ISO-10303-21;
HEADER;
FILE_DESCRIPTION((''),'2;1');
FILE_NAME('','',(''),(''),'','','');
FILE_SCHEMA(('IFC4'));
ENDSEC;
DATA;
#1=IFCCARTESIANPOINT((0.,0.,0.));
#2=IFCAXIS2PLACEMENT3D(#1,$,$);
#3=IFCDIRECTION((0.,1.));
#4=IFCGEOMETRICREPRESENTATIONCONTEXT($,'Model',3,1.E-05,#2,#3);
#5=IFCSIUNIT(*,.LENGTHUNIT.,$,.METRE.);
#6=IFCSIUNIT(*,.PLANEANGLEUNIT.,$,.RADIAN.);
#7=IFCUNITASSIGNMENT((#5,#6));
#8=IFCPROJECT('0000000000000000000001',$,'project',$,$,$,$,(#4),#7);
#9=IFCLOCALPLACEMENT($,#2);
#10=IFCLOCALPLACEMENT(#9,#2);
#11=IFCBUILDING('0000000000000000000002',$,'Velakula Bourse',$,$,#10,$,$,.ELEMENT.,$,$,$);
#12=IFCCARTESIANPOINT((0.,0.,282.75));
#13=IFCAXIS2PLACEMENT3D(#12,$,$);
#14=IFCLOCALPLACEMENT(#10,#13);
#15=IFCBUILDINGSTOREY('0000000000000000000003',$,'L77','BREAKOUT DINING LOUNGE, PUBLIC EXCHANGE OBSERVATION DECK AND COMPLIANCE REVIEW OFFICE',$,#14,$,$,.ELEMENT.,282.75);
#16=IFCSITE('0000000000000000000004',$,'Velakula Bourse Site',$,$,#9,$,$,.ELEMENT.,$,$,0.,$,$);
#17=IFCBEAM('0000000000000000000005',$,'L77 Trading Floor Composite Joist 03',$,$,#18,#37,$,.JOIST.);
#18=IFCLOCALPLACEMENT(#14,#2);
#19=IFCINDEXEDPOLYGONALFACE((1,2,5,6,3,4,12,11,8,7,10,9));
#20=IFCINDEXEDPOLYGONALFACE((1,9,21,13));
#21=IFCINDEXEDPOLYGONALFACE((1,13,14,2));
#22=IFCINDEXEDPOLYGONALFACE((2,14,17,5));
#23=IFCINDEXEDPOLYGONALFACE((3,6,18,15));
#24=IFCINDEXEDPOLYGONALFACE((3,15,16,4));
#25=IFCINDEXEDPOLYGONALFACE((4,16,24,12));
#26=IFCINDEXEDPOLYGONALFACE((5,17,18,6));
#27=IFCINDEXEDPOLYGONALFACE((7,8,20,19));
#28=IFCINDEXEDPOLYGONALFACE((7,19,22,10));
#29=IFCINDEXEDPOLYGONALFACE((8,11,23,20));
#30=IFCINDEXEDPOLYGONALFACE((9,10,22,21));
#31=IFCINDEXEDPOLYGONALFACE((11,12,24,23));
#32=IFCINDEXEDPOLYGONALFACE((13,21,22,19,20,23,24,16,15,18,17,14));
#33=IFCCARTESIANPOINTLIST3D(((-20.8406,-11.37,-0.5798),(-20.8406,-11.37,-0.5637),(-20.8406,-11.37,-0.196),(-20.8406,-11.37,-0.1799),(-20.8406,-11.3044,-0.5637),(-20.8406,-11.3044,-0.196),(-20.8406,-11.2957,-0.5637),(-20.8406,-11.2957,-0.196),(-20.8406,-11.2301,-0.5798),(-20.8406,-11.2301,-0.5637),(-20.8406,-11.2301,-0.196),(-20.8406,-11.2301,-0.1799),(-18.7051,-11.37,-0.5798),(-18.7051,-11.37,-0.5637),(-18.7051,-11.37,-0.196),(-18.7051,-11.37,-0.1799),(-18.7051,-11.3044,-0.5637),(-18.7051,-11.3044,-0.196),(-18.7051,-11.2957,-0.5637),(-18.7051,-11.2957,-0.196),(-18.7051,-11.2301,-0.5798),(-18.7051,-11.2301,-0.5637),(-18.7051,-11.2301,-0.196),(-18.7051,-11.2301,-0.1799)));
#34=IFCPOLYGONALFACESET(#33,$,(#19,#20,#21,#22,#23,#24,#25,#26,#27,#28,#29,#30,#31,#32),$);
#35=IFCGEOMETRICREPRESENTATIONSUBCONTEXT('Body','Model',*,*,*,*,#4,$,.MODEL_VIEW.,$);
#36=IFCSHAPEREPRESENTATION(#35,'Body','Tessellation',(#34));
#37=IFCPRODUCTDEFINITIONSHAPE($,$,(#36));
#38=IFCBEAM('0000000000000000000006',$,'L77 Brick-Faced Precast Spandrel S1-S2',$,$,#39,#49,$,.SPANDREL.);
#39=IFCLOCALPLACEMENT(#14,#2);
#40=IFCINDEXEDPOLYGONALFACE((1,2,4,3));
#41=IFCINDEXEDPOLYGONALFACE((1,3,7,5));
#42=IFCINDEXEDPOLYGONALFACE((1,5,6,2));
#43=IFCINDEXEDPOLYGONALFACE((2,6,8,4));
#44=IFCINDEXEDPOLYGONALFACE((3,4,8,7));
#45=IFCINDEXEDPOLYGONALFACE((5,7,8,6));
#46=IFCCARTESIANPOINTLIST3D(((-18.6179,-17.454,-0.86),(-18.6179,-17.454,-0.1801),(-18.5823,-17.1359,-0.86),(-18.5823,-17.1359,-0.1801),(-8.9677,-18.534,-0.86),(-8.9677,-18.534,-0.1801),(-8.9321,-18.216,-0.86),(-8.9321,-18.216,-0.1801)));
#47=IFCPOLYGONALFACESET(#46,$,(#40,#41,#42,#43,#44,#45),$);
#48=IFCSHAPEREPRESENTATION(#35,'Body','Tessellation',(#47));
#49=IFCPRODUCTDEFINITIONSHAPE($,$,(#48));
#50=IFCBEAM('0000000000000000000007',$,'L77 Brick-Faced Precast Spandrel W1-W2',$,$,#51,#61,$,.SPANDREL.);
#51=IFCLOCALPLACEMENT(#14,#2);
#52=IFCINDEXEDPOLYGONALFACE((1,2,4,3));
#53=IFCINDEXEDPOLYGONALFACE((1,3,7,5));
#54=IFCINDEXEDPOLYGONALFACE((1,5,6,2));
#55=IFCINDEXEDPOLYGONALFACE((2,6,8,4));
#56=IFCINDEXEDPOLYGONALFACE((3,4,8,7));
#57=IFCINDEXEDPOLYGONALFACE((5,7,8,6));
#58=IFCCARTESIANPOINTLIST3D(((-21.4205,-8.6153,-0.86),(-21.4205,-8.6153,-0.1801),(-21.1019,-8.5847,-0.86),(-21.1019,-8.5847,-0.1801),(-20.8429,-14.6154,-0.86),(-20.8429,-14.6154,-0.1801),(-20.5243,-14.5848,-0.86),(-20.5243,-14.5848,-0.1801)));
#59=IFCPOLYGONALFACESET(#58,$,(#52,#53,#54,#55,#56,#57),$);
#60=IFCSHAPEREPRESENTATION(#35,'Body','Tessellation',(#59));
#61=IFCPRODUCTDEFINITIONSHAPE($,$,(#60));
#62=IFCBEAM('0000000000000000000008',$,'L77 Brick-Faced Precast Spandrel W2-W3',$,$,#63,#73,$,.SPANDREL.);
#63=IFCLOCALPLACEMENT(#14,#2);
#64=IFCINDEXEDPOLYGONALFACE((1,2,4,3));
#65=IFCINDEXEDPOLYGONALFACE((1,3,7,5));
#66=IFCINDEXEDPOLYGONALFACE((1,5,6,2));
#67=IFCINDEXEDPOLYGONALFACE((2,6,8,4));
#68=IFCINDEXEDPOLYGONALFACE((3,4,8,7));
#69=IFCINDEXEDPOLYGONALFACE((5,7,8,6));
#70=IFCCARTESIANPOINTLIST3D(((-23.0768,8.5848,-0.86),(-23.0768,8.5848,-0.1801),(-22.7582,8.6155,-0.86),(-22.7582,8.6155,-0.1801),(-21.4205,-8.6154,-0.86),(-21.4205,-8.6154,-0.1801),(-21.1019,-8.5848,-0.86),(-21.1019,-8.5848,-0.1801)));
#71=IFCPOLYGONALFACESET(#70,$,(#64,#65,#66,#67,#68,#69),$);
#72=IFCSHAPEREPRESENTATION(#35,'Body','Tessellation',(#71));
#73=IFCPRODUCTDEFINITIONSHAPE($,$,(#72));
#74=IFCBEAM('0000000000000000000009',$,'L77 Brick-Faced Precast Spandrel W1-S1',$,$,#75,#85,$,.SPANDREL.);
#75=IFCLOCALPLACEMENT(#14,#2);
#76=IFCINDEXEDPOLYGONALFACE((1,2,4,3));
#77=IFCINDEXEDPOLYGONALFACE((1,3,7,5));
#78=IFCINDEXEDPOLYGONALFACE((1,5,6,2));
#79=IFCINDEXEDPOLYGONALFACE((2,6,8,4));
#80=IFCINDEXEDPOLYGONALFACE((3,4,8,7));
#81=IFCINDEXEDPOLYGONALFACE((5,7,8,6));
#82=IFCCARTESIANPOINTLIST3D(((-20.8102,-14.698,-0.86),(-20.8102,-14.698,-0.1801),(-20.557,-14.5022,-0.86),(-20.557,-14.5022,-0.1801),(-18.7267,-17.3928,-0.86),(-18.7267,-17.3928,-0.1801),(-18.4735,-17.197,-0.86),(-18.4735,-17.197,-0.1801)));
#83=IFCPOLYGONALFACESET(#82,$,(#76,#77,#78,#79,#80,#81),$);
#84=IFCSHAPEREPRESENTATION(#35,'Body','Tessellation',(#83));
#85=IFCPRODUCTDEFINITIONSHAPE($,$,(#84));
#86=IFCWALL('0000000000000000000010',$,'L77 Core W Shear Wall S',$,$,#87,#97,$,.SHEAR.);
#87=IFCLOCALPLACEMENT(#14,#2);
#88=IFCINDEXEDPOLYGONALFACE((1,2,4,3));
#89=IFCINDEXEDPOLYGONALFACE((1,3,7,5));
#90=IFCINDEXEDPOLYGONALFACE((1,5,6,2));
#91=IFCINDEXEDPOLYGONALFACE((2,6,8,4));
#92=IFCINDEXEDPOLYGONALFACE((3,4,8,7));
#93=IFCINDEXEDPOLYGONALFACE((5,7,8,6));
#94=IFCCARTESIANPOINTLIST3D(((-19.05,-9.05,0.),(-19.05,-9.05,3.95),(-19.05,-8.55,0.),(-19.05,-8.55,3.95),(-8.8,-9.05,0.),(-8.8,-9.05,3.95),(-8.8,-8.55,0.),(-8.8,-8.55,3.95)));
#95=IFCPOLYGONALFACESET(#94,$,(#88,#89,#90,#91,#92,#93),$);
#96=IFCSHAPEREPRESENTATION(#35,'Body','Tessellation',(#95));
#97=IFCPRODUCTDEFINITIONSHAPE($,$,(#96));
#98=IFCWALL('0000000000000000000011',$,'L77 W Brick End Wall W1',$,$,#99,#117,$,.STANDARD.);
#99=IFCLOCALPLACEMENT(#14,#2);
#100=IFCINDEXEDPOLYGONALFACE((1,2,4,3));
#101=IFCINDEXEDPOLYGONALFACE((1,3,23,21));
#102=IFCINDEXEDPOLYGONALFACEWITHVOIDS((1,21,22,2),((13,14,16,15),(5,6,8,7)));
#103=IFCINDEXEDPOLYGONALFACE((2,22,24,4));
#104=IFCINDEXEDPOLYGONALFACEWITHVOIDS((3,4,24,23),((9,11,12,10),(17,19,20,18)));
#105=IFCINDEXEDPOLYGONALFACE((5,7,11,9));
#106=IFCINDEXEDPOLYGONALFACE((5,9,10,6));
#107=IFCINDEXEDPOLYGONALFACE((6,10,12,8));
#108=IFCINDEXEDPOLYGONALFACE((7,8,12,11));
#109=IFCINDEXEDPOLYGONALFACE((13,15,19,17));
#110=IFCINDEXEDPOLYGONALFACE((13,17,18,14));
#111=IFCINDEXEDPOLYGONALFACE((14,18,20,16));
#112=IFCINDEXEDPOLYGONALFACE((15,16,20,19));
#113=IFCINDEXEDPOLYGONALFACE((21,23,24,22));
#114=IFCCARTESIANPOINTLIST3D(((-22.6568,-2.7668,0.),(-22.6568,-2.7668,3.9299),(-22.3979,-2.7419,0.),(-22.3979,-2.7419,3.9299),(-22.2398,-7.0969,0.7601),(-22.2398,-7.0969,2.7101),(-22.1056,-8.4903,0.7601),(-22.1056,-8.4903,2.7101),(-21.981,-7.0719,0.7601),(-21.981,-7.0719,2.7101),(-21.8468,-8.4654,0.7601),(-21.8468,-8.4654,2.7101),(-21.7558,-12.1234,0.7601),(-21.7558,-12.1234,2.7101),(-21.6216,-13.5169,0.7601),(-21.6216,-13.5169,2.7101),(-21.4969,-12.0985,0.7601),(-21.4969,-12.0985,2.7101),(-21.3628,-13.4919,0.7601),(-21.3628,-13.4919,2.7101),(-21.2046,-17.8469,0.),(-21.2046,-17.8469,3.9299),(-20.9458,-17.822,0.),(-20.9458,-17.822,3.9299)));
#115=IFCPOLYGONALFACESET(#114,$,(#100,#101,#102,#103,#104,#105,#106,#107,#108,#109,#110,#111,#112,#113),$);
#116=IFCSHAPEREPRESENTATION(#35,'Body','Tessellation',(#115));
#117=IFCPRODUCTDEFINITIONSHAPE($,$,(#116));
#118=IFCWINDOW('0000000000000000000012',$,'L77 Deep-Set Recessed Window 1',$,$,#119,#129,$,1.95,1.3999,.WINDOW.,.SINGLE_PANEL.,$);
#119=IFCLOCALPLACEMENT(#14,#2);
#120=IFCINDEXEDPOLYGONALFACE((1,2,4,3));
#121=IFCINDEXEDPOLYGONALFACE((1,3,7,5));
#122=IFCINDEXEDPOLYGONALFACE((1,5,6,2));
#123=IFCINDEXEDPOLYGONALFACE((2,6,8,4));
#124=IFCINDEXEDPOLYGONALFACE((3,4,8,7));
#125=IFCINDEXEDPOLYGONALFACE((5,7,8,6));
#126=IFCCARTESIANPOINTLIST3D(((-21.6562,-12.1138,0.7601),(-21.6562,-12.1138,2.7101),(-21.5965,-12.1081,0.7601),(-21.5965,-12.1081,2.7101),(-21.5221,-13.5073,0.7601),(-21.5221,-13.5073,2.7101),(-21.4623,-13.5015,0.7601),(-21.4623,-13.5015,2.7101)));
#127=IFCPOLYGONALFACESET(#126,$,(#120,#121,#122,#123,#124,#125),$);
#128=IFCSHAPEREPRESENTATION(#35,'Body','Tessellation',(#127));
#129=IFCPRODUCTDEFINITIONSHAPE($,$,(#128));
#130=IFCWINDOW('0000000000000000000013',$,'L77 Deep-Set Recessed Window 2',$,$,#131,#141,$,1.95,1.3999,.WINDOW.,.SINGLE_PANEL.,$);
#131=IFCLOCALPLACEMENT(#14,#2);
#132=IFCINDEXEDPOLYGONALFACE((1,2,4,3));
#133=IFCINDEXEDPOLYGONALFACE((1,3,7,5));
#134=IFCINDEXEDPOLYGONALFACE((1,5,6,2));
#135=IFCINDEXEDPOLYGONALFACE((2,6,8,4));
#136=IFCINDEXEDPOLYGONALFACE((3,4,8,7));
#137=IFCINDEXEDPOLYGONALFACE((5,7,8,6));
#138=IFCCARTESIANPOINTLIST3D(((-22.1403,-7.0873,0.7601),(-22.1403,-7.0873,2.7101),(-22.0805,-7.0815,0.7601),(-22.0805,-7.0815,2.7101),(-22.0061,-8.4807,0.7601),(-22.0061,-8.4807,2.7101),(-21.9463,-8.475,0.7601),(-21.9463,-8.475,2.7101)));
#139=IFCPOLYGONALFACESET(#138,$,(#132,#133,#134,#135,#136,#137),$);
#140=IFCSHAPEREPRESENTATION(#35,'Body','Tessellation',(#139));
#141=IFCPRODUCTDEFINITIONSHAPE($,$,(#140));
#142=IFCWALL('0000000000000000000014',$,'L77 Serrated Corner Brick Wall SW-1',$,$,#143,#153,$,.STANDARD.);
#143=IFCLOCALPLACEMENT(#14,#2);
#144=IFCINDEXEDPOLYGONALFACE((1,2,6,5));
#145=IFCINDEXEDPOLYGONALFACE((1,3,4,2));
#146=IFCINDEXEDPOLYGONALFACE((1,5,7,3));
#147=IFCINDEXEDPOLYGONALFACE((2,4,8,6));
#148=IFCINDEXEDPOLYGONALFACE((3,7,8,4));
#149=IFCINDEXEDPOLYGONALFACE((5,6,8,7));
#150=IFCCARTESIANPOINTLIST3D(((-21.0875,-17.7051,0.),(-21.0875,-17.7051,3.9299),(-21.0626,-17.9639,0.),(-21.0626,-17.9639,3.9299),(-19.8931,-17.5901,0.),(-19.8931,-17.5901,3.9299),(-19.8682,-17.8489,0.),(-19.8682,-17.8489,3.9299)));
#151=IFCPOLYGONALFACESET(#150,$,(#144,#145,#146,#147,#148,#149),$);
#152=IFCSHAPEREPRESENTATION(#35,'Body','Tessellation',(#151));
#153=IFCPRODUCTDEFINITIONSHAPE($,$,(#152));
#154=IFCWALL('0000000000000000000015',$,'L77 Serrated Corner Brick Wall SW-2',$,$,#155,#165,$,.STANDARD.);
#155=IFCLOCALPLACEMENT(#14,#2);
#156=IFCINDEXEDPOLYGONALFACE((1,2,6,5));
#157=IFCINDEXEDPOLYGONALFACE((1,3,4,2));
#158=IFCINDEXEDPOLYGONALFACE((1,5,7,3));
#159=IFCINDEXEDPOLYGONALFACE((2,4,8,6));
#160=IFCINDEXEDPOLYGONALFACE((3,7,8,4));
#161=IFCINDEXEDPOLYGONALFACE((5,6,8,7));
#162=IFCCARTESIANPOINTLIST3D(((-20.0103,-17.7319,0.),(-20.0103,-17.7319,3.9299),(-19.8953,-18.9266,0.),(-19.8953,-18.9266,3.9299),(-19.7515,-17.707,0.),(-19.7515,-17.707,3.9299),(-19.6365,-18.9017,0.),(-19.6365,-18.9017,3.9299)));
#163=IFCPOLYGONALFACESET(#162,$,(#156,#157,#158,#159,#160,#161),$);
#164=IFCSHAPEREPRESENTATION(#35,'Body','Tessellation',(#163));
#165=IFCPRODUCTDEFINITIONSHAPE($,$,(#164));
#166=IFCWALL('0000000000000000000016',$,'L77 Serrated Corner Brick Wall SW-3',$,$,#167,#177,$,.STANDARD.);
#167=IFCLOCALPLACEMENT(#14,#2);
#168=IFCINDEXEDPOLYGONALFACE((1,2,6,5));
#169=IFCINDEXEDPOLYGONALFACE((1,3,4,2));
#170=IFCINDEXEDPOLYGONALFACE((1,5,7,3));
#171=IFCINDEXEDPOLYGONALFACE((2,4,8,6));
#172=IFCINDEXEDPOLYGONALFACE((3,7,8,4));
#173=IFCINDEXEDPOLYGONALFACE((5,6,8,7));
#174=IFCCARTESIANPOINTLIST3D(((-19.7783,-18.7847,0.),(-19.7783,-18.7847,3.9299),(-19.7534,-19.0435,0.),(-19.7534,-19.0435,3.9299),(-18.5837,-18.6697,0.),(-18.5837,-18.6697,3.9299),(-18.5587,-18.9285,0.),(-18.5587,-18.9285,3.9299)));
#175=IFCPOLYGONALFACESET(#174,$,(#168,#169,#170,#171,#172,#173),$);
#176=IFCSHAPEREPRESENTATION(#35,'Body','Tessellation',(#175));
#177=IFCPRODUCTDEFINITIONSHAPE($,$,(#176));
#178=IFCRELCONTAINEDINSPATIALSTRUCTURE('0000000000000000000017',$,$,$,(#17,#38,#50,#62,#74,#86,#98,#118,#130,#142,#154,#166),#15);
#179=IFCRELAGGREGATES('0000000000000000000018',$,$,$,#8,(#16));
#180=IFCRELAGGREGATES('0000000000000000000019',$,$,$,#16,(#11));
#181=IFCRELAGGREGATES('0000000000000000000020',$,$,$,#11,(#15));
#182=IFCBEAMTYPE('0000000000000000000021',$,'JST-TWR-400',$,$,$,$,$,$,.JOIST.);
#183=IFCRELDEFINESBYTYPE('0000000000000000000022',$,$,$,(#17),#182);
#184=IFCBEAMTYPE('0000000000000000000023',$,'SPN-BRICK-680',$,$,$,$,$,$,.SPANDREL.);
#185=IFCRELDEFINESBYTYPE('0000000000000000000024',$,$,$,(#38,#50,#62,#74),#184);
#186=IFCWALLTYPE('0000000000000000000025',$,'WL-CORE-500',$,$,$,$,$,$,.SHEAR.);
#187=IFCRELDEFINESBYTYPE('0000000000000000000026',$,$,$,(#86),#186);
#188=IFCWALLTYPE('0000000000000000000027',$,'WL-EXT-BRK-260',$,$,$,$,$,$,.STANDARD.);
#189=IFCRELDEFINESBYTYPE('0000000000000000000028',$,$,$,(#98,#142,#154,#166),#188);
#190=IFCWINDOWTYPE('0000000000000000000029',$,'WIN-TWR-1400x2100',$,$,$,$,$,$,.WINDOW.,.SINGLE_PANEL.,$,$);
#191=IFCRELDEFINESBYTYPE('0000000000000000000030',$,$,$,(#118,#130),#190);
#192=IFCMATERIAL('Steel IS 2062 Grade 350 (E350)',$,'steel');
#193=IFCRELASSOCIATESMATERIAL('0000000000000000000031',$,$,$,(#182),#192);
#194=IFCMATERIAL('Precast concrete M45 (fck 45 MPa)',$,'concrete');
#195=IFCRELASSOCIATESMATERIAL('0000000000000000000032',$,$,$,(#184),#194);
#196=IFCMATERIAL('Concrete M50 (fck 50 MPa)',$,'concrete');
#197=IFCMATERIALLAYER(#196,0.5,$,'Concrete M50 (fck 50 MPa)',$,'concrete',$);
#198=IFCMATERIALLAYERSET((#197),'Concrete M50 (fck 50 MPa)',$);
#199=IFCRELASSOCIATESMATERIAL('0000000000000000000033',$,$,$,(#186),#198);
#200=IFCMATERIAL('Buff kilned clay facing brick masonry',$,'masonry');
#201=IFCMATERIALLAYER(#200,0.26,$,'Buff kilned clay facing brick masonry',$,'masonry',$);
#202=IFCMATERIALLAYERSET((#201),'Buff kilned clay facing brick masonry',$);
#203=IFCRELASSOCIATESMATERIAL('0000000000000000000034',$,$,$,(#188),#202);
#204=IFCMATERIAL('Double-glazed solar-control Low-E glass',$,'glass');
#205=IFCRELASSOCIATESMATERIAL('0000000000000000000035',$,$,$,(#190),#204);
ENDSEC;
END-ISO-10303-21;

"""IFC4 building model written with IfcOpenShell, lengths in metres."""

from ifc_helpers import new_model, si_unit, direction, frame, frame_2d, origin, origin_2d, place, context, subcontext, project, spatial, rectangle, i_section, extrude, material, layer, layer_set, material_profile, profile_set, type_object, element, fill, save


model = new_model("IFC4")

# Units and contexts
model_context = context("Model", 3, precision=1e-05, world=origin(), true_north=direction((0.0, 1.0)))
body_context = subcontext(model_context, "Body", "Model", "MODEL_VIEW")
ifc_project = project(units=[si_unit("LENGTHUNIT", "METRE"), si_unit("PLANEANGLEUNIT", "RADIAN")], contexts=[model_context])

# Site, building, storey
site_placement = place(None, origin())
site = spatial("IfcSite", under=ifc_project, at=site_placement, Name="Velakula Bourse Site", CompositionType="ELEMENT", RefElevation=0.0)
building_placement = place(site_placement, origin())
building = spatial("IfcBuilding", under=site, at=building_placement, Name="Velakula Bourse", CompositionType="ELEMENT")
storey_placement = place(building_placement, frame((0.0, 0.0, 282.75)))
storey = spatial("IfcBuildingStorey", under=building, at=storey_placement, Name="L77", Description="BREAKOUT DINING LOUNGE, PUBLIC EXCHANGE OBSERVATION DECK AND COMPLIANCE REVIEW OFFICE", CompositionType="ELEMENT", Elevation=282.75)

# Shared definitions
ifc_material_1 = material(Name="Steel IS 2062 Grade 350 (E350)", Category="steel")
ifc_material_2 = material(Name="Precast concrete M45 (fck 45 MPa)", Category="concrete")

# Beams
ifc_material_profile_1 = material_profile(ifc_material_1, i_section(OverallWidth=0.1399, OverallDepth=0.3999, WebThickness=0.0088, FlangeThickness=0.0161, at=origin_2d()), Name="Steel IS 2062 Grade 350 (E350)")
ifc_profile_set_1 = profile_set([ifc_material_profile_1], Name="Steel IS 2062 Grade 350 (E350)")
beam_type_1 = type_object("IfcBeamType", Name="JST-TWR-400", PredefinedType="JOIST", material=ifc_profile_set_1)
beam_1_placement = place(storey_placement, frame((-20.8406, -11.3, -0.3799), z_axis=(1.0, 0.0, 0.0), x_axis=(0.0, 1.0, 0.0)))
element("IfcBeam", 1, at=beam_1_placement, inside=storey, type_object=beam_type_1, Name="L77 Trading Floor Composite Joist 03", PredefinedType="JOIST", context=body_context, shape_type="SweptSolid", body=[
    extrude(i_section(OverallWidth=0.1399, OverallDepth=0.3999, WebThickness=0.0088, FlangeThickness=0.0161, at=origin_2d()), origin(), (0.0, 0.0, 1.0), 2.1355),
])
ifc_material_profile_2 = material_profile(ifc_material_2, rectangle(XDim=0.3201, YDim=0.6799, at=origin_2d()), Name="Precast concrete M45 (fck 45 MPa)")
ifc_profile_set_2 = profile_set([ifc_material_profile_2], Name="Precast concrete M45 (fck 45 MPa)")
beam_type_2 = type_object("IfcBeamType", Name="SPN-BRICK-680", PredefinedType="SPANDREL", material=ifc_profile_set_2)
beam_2_placement = place(storey_placement, frame((-18.6001, -17.2949, -0.52), z_axis=(0.993795, -0.111229, 0.0), x_axis=(0.111229, 0.993795, 0.0)))
element("IfcBeam", 2, at=beam_2_placement, inside=storey, type_object=beam_type_2, Name="L77 Brick-Faced Precast Spandrel S1-S2", PredefinedType="SPANDREL", context=body_context, shape_type="SweptSolid", body=[
    extrude(rectangle(XDim=0.3201, YDim=0.6799, at=origin_2d()), origin(), (0.0, 0.0, 1.0), 9.7104),
])
beam_3_placement = place(storey_placement, frame((-20.6836, -14.6001, -0.52), z_axis=(-0.09583, 0.995398, 0.0), x_axis=(-0.995398, -0.09583, 0.0)))
element("IfcBeam", 3, at=beam_3_placement, inside=storey, type_object=beam_type_2, Name="L77 Brick-Faced Precast Spandrel W1-W2", PredefinedType="SPANDREL", context=body_context, shape_type="SweptSolid", body=[
    extrude(rectangle(XDim=0.3201, YDim=0.6799, at=origin_2d()), origin(), (0.0, 0.0, 1.0), 6.0278),
])
beam_4_placement = place(storey_placement, frame((-21.2612, -8.6001, -0.52), z_axis=(-0.095849, 0.995396, 0.0), x_axis=(-0.995396, -0.095849, 0.0)))
element("IfcBeam", 4, at=beam_4_placement, inside=storey, type_object=beam_type_2, Name="L77 Brick-Faced Precast Spandrel W2-W3", PredefinedType="SPANDREL", context=body_context, shape_type="SweptSolid", body=[
    extrude(rectangle(XDim=0.3201, YDim=0.6799, at=origin_2d()), origin(), (0.0, 0.0, 1.0), 17.2798),
])
beam_5_placement = place(storey_placement, frame((-20.6836, -14.6001, -0.52), z_axis=(0.611656, -0.791124, 0.0), x_axis=(0.791124, 0.611656, 0.0)))
element("IfcBeam", 5, at=beam_5_placement, inside=storey, type_object=beam_type_2, Name="L77 Brick-Faced Precast Spandrel W1-S1", PredefinedType="SPANDREL", context=body_context, shape_type="SweptSolid", body=[
    extrude(rectangle(XDim=0.3201, YDim=0.6799, at=origin_2d()), origin(), (0.0, 0.0, 1.0), 3.4062),
])

# Wall
ifc_material_3 = material(Name="Concrete M50 (fck 50 MPa)", Category="concrete")
ifc_layer_1 = layer(ifc_material_3, 0.5, Name="Concrete M50 (fck 50 MPa)", Category="concrete")
ifc_layer_set_1 = layer_set([ifc_layer_1], Name="Concrete M50 (fck 50 MPa)")
wall_type_1 = type_object("IfcWallType", Name="WL-CORE-500", PredefinedType="SHEAR", material=ifc_layer_set_1)
wall_1_placement = place(storey_placement, frame((-19.05, -8.8, 0.0), z_axis=(0.0, 0.0, 1.0), x_axis=(1.0, 0.0, 0.0)))
element("IfcWall", 6, at=wall_1_placement, inside=storey, type_object=wall_type_1, Name="L77 Core W Shear Wall S", PredefinedType="SHEAR", context=body_context, shape_type="SweptSolid", body=[
    extrude(rectangle(XDim=10.25, YDim=0.5, at=frame_2d((5.125, 0.0))), origin(), (0.0, 0.0, 1.0), 3.95),
])

# Wall, openings, windows
ifc_material_4 = material(Name="Buff kilned clay facing brick masonry", Category="masonry")
ifc_layer_2 = layer(ifc_material_4, 0.26, Name="Buff kilned clay facing brick masonry", Category="masonry")
ifc_layer_set_2 = layer_set([ifc_layer_2], Name="Buff kilned clay facing brick masonry")
wall_type_2 = type_object("IfcWallType", Name="WL-EXT-BRK-260", PredefinedType="STANDARD", material=ifc_layer_set_2)
wall_2_placement = place(storey_placement, frame((-21.0752, -17.8345, 0.0), z_axis=(0.0, 0.0, 1.0), x_axis=(-0.095852, 0.995396, 0.0)))
wall_2 = element("IfcWall", 7, at=wall_2_placement, inside=storey, type_object=wall_type_2, Name="L77 W Brick End Wall W1", PredefinedType="STANDARD", context=body_context, shape_type="SweptSolid", body=[
    extrude(rectangle(XDim=15.1499, YDim=0.26, at=frame_2d((7.575, 0.0))), origin(), (0.0, 0.0, 1.0), 3.9299),
])
opening_1_placement = place(wall_2_placement, frame((4.3501, 0.0, 0.76)))
opening_1 = element("IfcOpeningElement", 8, at=opening_1_placement, cuts=wall_2, PredefinedType="OPENING", context=body_context, shape_type="SweptSolid", body=[
    extrude(rectangle(XDim=1.3999, YDim=1.95, at=frame_2d((0.7, 0.9751))), frame((0.0, 0.1399, 0.0), z_axis=(0.0, -1.0, 0.0), x_axis=(1.0, 0.0, 0.0)), (0.0, 0.0, 1.0), 0.28),
])
opening_2_placement = place(wall_2_placement, frame((9.3999, 0.0, 0.76)))
opening_2 = element("IfcOpeningElement", 9, at=opening_2_placement, cuts=wall_2, PredefinedType="OPENING", context=body_context, shape_type="SweptSolid", body=[
    extrude(rectangle(XDim=1.3999, YDim=1.95, at=frame_2d((0.7, 0.9751))), frame((0.0, 0.1399, 0.0), z_axis=(0.0, -1.0, 0.0), x_axis=(1.0, 0.0, 0.0)), (0.0, 0.0, 1.0), 0.28),
])
ifc_material_5 = material(Name="Double-glazed solar-control Low-E glass", Category="glass")
window_type = type_object("IfcWindowType", Name="WIN-TWR-1400x2100", PartitioningType="SINGLE_PANEL", PredefinedType="WINDOW", material=ifc_material_5)
window_1_placement = place(opening_1_placement, origin())
window_1 = element("IfcWindow", 10, at=window_1_placement, inside=storey, type_object=window_type, Name="L77 Deep-Set Recessed Window 1", OverallHeight=1.95, OverallWidth=1.3999, PartitioningType="SINGLE_PANEL", PredefinedType="WINDOW", context=body_context, shape_type="SweptSolid", body=[
    extrude(rectangle(XDim=1.3999, YDim=1.95, at=frame_2d((0.7, 0.9751))), frame((0.0, 0.03, 0.0), z_axis=(0.0, -1.0, 0.0), x_axis=(1.0, 0.0, 0.0)), (0.0, 0.0, 1.0), 0.0601),
])
fill(opening_1, window_1)
window_2_placement = place(opening_2_placement, origin())
window_2 = element("IfcWindow", 11, at=window_2_placement, inside=storey, type_object=window_type, Name="L77 Deep-Set Recessed Window 2", OverallHeight=1.95, OverallWidth=1.3999, PartitioningType="SINGLE_PANEL", PredefinedType="WINDOW", context=body_context, shape_type="SweptSolid", body=[
    extrude(rectangle(XDim=1.3999, YDim=1.95, at=frame_2d((0.7, 0.9751))), frame((0.0, 0.03, 0.0), z_axis=(0.0, -1.0, 0.0), x_axis=(1.0, 0.0, 0.0)), (0.0, 0.0, 1.0), 0.0601),
])
fill(opening_2, window_2)

# Walls
wall_3_placement = place(storey_placement, frame((-21.0752, -17.8345, 0.0), z_axis=(0.0, 0.0, 1.0), x_axis=(0.995397, 0.095836, 0.0)))
element("IfcWall", 12, at=wall_3_placement, inside=storey, type_object=wall_type_2, Name="L77 Serrated Corner Brick Wall SW-1", PredefinedType="STANDARD", context=body_context, shape_type="SweptSolid", body=[
    extrude(rectangle(XDim=1.2, YDim=0.26, at=frame_2d((0.6001, 0.0))), origin(), (0.0, 0.0, 1.0), 3.9299),
])
for number, where, z_axis, x_axis, name in (
    (13, (-19.8809, -17.7195, 0.0), (0.0, 0.0, 1.0), (0.095817, -0.995399, 0.0), "L77 Serrated Corner Brick Wall SW-2"),
    (14, (-19.7659, -18.9141, 0.0), (0.0, 0.0, 1.0), (0.995399, 0.095817, 0.0), "L77 Serrated Corner Brick Wall SW-3"),
):
    element("IfcWall", number, at=place(storey_placement, frame(where, z_axis=z_axis, x_axis=x_axis)), inside=storey, type_object=wall_type_2, Name=name, PredefinedType="STANDARD", context=body_context, shape_type="SweptSolid", body=[
        extrude(rectangle(XDim=1.2002, YDim=0.26, at=frame_2d((0.6001, 0.0))), origin(), (0.0, 0.0, 1.0), 3.9299),
    ])

save(model, "model.ifc")
